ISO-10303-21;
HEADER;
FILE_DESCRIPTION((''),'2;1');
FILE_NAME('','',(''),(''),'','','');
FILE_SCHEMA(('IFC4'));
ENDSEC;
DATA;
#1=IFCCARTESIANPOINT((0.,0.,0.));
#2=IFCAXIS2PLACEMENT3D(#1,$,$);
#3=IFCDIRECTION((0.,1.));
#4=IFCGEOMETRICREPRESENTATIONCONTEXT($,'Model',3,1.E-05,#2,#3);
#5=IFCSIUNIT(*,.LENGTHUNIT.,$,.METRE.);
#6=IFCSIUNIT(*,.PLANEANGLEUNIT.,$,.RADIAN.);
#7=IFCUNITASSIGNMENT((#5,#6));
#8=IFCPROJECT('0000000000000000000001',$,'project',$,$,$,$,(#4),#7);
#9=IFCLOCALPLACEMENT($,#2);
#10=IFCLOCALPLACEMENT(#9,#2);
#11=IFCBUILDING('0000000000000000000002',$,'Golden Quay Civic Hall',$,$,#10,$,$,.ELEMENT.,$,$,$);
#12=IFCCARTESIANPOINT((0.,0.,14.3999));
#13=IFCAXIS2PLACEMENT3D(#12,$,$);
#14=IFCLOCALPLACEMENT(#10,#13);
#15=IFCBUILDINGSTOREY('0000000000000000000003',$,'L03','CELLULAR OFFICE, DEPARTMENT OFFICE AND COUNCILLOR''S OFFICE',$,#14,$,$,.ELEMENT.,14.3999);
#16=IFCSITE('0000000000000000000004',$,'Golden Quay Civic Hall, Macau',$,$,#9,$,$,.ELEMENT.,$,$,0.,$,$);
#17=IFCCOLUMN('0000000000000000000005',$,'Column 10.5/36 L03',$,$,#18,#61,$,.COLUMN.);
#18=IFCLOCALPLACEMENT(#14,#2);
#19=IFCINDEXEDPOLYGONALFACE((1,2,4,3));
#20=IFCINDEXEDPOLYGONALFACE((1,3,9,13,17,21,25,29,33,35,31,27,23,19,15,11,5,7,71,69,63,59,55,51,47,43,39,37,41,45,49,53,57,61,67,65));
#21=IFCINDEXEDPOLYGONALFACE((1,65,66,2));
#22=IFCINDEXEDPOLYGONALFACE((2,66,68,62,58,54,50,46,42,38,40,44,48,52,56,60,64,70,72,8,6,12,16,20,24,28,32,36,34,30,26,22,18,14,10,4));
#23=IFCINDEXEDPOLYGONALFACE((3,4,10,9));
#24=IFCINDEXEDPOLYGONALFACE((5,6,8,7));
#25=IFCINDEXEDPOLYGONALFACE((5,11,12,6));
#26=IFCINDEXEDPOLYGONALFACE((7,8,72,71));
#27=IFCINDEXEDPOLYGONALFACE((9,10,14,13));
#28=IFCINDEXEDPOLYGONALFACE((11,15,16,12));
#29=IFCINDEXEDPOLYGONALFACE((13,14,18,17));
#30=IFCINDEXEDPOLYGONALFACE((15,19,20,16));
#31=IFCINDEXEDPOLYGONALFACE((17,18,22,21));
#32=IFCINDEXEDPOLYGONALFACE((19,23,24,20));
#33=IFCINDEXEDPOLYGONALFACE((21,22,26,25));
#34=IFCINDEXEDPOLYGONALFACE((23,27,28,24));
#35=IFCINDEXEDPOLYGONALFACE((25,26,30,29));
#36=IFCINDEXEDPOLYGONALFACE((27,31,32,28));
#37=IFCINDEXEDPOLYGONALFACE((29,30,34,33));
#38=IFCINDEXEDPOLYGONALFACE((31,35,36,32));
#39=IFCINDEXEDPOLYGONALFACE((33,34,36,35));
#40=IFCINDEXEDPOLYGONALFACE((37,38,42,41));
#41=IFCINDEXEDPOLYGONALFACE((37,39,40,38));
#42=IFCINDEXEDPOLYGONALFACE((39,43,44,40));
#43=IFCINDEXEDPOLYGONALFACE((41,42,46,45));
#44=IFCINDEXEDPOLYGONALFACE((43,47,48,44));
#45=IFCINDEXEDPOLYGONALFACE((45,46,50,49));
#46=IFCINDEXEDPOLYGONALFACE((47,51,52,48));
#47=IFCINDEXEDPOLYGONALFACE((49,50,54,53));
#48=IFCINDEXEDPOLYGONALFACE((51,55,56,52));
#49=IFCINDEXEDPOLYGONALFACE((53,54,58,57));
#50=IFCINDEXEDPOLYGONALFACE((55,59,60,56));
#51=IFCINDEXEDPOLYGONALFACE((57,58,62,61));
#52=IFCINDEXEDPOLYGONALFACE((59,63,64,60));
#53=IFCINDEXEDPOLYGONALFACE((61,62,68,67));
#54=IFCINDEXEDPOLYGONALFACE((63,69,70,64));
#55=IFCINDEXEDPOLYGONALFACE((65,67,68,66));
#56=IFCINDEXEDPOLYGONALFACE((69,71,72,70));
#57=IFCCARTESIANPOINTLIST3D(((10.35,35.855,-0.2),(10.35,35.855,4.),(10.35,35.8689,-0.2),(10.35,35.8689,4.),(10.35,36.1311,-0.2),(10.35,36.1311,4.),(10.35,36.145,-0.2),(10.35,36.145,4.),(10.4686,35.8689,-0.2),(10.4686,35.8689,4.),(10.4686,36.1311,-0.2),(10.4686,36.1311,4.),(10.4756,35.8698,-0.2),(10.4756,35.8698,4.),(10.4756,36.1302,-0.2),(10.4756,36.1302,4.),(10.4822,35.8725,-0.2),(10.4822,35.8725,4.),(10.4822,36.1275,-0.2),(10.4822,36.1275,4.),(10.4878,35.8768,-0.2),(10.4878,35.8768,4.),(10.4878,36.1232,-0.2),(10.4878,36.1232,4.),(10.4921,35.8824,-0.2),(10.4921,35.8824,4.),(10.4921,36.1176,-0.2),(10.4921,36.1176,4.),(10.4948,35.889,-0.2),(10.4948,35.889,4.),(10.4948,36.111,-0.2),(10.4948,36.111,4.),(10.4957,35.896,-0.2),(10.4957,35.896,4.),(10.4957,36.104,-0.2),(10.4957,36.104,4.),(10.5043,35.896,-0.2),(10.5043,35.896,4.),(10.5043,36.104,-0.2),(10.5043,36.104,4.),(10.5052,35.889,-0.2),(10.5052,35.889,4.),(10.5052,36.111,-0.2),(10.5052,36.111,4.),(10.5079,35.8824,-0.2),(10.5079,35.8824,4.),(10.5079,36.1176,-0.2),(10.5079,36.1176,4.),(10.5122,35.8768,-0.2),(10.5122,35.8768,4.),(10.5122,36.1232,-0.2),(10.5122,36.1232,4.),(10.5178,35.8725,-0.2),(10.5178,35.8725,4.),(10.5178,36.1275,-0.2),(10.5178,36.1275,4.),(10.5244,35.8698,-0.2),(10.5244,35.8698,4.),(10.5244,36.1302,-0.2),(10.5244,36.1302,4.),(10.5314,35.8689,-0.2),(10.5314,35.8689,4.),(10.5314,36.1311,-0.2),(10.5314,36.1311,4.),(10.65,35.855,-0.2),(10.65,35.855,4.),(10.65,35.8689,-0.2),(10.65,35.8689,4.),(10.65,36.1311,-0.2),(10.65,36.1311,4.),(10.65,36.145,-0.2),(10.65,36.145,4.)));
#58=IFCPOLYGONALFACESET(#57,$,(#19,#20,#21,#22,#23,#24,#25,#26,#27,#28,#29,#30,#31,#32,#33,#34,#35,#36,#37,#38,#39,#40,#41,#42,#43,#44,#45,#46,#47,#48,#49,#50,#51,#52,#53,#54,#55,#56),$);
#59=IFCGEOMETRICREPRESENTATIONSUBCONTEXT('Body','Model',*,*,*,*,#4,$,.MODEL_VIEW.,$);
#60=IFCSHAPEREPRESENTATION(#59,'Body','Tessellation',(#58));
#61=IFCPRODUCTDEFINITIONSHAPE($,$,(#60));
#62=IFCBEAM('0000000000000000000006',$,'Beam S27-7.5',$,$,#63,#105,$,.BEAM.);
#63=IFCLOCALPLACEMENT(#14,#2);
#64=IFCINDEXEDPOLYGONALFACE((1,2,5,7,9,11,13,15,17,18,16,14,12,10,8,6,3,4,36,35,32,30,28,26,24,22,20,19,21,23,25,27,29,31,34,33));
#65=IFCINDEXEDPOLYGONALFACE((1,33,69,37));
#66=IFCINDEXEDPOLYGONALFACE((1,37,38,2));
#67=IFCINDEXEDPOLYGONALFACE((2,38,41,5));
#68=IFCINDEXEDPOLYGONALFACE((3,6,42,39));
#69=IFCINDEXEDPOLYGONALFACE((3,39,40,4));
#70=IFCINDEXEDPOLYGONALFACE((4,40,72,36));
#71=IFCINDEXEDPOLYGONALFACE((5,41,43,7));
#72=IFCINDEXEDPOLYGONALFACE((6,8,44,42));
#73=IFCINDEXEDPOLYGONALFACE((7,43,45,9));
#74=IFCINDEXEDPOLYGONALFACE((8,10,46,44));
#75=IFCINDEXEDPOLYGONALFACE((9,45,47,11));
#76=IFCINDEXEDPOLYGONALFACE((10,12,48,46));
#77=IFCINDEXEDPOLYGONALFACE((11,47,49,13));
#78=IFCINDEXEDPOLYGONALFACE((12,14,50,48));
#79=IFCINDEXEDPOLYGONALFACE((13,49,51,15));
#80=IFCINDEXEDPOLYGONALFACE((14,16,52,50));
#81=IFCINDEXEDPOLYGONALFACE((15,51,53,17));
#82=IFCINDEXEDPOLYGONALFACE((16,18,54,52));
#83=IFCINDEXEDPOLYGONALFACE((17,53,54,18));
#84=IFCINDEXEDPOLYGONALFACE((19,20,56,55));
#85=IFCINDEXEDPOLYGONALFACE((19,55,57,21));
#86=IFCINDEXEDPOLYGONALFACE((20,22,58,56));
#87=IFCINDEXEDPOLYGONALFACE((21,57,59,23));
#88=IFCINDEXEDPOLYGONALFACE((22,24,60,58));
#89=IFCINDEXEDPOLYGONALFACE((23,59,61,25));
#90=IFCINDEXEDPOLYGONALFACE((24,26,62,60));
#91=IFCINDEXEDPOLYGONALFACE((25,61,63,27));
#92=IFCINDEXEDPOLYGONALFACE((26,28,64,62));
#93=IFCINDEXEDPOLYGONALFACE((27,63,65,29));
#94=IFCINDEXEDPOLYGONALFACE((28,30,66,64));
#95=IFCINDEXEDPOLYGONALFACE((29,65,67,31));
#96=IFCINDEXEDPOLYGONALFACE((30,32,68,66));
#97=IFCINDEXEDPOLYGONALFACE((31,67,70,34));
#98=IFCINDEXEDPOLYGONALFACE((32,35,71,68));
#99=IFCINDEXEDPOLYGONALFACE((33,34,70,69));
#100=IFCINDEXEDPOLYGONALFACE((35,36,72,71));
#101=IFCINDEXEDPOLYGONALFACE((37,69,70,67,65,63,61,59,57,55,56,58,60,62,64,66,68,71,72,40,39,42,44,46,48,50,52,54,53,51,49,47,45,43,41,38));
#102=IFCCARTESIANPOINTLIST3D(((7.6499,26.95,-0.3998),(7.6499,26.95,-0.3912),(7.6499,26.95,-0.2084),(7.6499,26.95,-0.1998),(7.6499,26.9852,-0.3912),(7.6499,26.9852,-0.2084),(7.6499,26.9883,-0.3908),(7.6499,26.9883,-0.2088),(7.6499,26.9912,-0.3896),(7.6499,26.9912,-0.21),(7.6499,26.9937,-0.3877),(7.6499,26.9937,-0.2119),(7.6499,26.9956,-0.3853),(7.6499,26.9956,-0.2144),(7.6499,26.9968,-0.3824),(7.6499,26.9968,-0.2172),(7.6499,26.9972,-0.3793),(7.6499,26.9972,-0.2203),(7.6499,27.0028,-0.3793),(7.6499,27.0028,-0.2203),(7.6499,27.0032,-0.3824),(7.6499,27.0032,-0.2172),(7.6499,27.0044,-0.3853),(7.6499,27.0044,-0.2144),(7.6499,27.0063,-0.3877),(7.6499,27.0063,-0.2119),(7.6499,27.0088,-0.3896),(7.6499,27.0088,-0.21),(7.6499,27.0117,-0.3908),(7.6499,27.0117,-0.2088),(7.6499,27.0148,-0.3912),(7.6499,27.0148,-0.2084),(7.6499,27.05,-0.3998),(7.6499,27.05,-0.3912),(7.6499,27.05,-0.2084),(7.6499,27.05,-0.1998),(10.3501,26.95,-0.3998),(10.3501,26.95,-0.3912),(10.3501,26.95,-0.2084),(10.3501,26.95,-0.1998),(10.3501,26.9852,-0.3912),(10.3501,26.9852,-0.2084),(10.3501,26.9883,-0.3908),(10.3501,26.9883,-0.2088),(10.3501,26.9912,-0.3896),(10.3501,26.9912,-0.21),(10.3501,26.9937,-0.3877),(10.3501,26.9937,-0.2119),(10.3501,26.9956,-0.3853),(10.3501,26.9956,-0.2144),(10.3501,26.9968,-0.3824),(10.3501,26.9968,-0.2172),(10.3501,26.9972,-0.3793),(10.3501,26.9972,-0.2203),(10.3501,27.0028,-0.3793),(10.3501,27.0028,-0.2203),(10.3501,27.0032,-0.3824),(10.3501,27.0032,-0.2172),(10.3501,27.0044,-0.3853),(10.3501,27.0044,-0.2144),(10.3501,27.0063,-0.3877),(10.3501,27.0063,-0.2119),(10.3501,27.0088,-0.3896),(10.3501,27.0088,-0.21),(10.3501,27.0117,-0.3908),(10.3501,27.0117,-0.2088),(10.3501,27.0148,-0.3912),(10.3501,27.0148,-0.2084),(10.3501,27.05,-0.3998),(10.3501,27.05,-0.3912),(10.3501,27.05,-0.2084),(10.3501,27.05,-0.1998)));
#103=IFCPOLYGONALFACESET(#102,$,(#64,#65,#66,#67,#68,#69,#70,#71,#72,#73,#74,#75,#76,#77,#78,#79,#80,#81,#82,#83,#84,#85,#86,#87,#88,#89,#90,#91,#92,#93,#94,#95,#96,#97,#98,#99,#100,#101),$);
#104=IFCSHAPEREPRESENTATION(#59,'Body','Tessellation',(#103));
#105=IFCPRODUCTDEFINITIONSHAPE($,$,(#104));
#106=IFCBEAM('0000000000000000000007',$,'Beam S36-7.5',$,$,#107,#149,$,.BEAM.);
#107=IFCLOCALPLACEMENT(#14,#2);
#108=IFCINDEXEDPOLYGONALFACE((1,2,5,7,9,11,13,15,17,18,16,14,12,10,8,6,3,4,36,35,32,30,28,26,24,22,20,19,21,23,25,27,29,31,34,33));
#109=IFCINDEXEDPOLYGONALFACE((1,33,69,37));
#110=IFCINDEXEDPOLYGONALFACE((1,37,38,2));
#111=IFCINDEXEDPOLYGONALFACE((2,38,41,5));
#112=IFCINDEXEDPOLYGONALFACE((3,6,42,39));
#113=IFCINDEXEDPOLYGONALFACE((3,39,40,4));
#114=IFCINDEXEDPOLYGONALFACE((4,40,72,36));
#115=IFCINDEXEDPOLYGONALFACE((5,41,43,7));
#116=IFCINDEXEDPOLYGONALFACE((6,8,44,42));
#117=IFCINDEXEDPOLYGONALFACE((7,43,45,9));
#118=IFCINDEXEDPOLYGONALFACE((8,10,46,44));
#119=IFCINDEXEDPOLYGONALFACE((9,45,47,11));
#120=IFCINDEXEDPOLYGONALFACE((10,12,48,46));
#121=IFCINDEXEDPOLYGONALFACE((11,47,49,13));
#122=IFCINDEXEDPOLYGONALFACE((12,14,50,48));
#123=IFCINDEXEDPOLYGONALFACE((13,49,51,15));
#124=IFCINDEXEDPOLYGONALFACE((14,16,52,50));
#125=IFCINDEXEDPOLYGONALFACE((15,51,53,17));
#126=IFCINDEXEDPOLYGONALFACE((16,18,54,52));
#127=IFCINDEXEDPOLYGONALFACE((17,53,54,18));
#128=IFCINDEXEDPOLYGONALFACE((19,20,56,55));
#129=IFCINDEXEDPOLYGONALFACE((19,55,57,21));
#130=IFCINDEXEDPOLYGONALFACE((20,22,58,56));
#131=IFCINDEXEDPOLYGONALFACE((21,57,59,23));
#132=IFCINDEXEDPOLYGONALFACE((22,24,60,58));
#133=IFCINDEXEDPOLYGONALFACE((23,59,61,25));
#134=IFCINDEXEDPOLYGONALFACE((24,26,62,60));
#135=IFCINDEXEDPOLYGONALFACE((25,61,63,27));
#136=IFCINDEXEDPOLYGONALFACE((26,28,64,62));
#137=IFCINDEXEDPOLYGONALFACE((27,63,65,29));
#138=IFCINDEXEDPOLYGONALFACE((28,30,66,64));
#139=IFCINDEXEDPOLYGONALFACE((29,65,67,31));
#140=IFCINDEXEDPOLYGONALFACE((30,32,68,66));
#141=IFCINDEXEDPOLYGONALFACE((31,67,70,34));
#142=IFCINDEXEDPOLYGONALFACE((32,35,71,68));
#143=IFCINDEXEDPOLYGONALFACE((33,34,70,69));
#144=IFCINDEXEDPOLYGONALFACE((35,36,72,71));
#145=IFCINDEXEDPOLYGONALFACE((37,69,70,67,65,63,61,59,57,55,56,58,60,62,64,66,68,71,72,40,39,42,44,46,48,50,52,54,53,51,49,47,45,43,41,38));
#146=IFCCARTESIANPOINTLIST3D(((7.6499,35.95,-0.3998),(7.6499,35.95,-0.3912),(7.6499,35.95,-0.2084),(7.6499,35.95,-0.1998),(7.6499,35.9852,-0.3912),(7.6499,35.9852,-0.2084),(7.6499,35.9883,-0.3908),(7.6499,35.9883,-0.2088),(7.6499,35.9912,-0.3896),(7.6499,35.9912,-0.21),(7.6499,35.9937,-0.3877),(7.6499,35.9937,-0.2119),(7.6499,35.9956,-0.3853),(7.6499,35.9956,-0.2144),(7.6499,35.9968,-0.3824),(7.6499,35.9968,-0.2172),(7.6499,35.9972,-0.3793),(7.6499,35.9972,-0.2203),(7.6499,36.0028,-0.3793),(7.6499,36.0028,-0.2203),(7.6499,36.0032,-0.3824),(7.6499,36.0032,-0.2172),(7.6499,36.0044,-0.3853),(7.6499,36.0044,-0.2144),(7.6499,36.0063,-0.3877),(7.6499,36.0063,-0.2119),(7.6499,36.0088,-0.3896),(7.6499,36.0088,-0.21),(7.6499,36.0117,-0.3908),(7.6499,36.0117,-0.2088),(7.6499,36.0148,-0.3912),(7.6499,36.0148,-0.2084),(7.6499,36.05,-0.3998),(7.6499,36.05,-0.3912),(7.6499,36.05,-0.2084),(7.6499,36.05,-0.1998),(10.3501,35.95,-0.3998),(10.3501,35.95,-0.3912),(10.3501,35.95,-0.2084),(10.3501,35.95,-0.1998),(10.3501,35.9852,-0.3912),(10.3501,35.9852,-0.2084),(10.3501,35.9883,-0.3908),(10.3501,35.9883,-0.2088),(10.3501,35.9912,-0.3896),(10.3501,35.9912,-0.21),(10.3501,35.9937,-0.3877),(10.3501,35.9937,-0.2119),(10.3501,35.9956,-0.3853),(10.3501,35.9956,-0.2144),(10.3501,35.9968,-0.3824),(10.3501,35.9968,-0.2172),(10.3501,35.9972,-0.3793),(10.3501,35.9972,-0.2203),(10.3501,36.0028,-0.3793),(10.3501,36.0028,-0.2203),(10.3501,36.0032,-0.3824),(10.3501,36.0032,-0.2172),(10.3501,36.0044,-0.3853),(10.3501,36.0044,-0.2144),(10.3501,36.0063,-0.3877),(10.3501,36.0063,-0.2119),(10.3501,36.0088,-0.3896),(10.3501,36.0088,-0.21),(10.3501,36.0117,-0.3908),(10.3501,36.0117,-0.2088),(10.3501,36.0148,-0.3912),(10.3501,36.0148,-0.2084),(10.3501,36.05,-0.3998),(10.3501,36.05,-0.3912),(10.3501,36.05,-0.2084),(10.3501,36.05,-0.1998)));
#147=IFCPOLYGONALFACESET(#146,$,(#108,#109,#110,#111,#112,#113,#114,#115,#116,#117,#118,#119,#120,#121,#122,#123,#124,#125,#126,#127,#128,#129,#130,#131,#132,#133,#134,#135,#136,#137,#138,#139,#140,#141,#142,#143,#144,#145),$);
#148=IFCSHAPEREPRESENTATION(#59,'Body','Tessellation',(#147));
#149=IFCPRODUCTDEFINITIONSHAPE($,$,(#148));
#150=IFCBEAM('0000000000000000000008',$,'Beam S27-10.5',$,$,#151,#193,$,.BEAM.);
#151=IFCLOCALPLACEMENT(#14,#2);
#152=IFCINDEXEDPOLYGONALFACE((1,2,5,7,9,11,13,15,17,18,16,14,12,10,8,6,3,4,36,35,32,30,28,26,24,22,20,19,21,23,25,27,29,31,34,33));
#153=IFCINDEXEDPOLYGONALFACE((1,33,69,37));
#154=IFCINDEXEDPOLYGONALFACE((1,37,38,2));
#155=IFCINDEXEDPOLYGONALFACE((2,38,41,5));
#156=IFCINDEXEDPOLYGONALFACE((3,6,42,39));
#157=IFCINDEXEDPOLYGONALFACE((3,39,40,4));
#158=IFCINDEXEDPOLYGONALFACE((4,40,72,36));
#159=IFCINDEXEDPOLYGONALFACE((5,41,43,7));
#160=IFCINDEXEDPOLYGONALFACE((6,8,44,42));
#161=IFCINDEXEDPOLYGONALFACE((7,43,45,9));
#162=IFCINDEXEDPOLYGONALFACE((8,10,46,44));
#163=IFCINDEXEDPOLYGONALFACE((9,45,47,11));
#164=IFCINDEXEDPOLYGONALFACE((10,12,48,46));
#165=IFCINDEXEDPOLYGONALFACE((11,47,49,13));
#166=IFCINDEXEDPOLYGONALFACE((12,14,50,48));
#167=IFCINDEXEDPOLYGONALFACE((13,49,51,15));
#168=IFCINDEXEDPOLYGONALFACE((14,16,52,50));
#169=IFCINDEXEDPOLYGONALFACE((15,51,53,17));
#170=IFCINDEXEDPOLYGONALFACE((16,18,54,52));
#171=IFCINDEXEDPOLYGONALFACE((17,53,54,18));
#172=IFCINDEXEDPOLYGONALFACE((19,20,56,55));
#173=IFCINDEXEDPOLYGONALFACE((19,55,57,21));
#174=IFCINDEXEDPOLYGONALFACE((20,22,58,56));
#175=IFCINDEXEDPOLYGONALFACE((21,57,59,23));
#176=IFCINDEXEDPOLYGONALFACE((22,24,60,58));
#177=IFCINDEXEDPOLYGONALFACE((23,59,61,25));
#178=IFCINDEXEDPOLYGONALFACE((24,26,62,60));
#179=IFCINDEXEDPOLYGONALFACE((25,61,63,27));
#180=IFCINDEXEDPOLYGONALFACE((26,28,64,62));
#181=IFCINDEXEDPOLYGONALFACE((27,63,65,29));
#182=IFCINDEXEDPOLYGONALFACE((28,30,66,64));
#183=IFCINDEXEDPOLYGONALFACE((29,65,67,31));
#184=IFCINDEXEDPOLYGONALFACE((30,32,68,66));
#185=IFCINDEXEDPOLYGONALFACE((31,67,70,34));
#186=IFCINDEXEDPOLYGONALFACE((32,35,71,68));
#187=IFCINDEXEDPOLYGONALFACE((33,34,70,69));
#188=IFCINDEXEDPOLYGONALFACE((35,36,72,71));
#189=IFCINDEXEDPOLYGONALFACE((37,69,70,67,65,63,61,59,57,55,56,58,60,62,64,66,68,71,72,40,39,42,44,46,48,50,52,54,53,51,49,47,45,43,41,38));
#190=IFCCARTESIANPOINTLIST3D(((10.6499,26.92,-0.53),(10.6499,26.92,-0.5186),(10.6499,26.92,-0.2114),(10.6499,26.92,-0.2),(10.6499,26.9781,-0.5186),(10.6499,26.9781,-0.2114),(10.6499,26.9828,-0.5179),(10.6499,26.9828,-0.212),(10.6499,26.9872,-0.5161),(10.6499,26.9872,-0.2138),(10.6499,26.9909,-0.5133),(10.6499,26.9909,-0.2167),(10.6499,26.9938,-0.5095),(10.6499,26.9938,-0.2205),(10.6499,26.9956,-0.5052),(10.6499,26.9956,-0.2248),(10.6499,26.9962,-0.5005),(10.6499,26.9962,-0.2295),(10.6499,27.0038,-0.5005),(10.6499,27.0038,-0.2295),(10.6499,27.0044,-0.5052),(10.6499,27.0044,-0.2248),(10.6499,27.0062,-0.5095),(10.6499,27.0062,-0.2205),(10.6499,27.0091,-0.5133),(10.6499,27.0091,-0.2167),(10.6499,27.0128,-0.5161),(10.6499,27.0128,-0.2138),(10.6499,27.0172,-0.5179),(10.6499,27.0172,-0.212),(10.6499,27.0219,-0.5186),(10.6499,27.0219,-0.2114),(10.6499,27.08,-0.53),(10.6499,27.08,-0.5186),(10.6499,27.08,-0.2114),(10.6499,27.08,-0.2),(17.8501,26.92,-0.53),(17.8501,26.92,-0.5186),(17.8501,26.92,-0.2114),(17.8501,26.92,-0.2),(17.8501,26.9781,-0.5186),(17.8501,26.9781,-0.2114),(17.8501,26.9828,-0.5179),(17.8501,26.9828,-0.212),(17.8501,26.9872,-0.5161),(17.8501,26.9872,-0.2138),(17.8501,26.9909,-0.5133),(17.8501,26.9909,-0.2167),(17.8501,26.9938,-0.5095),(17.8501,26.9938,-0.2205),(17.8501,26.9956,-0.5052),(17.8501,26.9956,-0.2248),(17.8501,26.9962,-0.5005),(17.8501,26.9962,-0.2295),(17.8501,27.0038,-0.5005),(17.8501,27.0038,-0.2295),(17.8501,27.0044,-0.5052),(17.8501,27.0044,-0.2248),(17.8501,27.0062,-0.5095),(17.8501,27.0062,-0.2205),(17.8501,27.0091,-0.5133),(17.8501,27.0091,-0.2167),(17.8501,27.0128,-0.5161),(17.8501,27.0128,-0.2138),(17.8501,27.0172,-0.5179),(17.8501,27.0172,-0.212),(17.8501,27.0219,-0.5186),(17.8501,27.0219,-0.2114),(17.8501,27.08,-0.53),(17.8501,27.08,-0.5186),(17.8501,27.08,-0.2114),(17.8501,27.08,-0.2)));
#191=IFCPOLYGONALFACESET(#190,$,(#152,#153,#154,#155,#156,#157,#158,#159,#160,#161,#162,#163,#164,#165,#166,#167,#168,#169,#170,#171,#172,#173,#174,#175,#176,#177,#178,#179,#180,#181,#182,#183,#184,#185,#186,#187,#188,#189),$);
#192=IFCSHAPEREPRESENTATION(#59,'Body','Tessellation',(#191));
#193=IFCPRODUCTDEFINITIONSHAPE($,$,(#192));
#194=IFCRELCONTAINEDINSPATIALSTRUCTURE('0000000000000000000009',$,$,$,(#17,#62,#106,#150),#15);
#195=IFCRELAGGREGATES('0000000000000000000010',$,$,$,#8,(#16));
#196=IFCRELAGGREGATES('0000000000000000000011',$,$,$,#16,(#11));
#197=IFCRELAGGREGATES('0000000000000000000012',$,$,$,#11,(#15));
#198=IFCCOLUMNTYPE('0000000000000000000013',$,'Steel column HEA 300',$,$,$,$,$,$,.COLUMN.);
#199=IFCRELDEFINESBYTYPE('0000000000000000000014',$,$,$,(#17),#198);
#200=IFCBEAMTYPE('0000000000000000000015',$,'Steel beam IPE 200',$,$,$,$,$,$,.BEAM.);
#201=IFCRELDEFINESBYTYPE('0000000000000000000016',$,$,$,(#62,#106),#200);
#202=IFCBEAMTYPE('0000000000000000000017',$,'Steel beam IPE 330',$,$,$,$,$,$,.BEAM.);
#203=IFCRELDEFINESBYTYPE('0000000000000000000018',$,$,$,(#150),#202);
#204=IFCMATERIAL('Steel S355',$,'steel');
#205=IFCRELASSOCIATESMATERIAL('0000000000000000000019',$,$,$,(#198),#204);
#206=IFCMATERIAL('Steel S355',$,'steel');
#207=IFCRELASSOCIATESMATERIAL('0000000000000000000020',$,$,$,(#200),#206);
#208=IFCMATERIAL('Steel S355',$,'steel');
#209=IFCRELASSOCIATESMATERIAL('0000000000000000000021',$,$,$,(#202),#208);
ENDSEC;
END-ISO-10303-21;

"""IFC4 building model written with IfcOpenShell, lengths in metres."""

from ifc_helpers import new_model, si_unit, direction, frame, origin, origin_2d, place, context, subcontext, project, spatial, i_section, extrude, material, material_profile, profile_set, type_object, element, save


model = new_model("IFC4")

# Units and contexts
model_context = context("Model", 3, precision=1e-05, world=origin(), true_north=direction((0.0, 1.0)))
body_context = subcontext(model_context, "Body", "Model", "MODEL_VIEW")
ifc_project = project(units=[si_unit("LENGTHUNIT", "METRE"), si_unit("PLANEANGLEUNIT", "RADIAN")], contexts=[model_context])

# Site, building, storey
site_placement = place(None, origin())
site = spatial("IfcSite", under=ifc_project, at=site_placement, Name="Golden Quay Civic Hall, Macau", CompositionType="ELEMENT", RefElevation=0.0)
building_placement = place(site_placement, origin())
building = spatial("IfcBuilding", under=site, at=building_placement, Name="Golden Quay Civic Hall", CompositionType="ELEMENT")
storey_placement = place(building_placement, frame((0.0, 0.0, 14.3999)))
storey = spatial("IfcBuildingStorey", under=building, at=storey_placement, Name="L03", Description="CELLULAR OFFICE, DEPARTMENT OFFICE AND COUNCILLOR'S OFFICE", CompositionType="ELEMENT", Elevation=14.3999)

# Column
ifc_material_1 = material(Name="Steel S355", Category="steel")
ifc_material_profile_1 = material_profile(ifc_material_1, i_section(OverallWidth=0.3, OverallDepth=0.29, WebThickness=0.0085, FlangeThickness=0.0139, FilletRadius=0.0271, at=origin_2d()), Name="HEA 300")
ifc_profile_set_1 = profile_set([ifc_material_profile_1], Name="Steel S355")
column_type_1 = type_object("IfcColumnType", Name="Steel column HEA 300", PredefinedType="COLUMN", material=ifc_profile_set_1)
for number, where, z_axis, x_axis, name in (
    (1, (10.5, 36.0, -0.2), (0.0, 0.0, 1.0), (1.0, 0.0, 0.0), "Column 10.5/36 L03"),
):
    element("IfcColumn", number, at=place(storey_placement, frame(where, z_axis=z_axis, x_axis=x_axis)), inside=storey, type_object=column_type_1, Name=name, PredefinedType="COLUMN", context=body_context, shape_type="SweptSolid", body=[
        extrude(i_section(OverallWidth=0.3, OverallDepth=0.29, WebThickness=0.0085, FlangeThickness=0.0139, FilletRadius=0.0271, at=origin_2d()), origin(), (0.0, 0.0, 1.0), 4.2),
    ])

# Beams
ifc_material_2 = material(Name="Steel S355", Category="steel")
ifc_material_profile_2 = material_profile(ifc_material_2, i_section(OverallWidth=0.1001, OverallDepth=0.2, WebThickness=0.0056, FlangeThickness=0.0085, FilletRadius=0.012, at=origin_2d()), Name="IPE 200")
ifc_profile_set_2 = profile_set([ifc_material_profile_2], Name="Steel S355")
beam_type_1 = type_object("IfcBeamType", Name="Steel beam IPE 200", PredefinedType="BEAM", material=ifc_profile_set_2)
for number, where, z_axis, x_axis, name in (
    (2, (7.6499, 27.0, -0.2998), (1.0, 0.0, 0.0), (0.0, 1.0, 0.0), "Beam S27-7.5"),
    (3, (7.6499, 36.0, -0.2998), (1.0, 0.0, 0.0), (0.0, 1.0, 0.0), "Beam S36-7.5"),
):
    element("IfcBeam", number, at=place(storey_placement, frame(where, z_axis=z_axis, x_axis=x_axis)), inside=storey, type_object=beam_type_1, Name=name, PredefinedType="BEAM", context=body_context, shape_type="SweptSolid", body=[
        extrude(i_section(OverallWidth=0.1001, OverallDepth=0.2, WebThickness=0.0056, FlangeThickness=0.0085, FilletRadius=0.012, at=origin_2d()), origin(), (0.0, 0.0, 1.0), 2.7002),
    ])
ifc_material_3 = material(Name="Steel S355", Category="steel")
ifc_material_profile_3 = material_profile(ifc_material_3, i_section(OverallWidth=0.1599, OverallDepth=0.3301, WebThickness=0.0076, FlangeThickness=0.0115, FilletRadius=0.0181, at=origin_2d()), Name="IPE 330")
ifc_profile_set_3 = profile_set([ifc_material_profile_3], Name="Steel S355")
beam_type_2 = type_object("IfcBeamType", Name="Steel beam IPE 330", PredefinedType="BEAM", material=ifc_profile_set_3)
for number, where, z_axis, x_axis, name in (
    (4, (10.6499, 27.0, -0.365), (1.0, 0.0, 0.0), (0.0, 1.0, 0.0), "Beam S27-10.5"),
):
    element("IfcBeam", number, at=place(storey_placement, frame(where, z_axis=z_axis, x_axis=x_axis)), inside=storey, type_object=beam_type_2, Name=name, PredefinedType="BEAM", context=body_context, shape_type="SweptSolid", body=[
        extrude(i_section(OverallWidth=0.1599, OverallDepth=0.3301, WebThickness=0.0076, FlangeThickness=0.0115, FilletRadius=0.0181, at=origin_2d()), origin(), (0.0, 0.0, 1.0), 7.2002),
    ])

save(model, "model.ifc")
